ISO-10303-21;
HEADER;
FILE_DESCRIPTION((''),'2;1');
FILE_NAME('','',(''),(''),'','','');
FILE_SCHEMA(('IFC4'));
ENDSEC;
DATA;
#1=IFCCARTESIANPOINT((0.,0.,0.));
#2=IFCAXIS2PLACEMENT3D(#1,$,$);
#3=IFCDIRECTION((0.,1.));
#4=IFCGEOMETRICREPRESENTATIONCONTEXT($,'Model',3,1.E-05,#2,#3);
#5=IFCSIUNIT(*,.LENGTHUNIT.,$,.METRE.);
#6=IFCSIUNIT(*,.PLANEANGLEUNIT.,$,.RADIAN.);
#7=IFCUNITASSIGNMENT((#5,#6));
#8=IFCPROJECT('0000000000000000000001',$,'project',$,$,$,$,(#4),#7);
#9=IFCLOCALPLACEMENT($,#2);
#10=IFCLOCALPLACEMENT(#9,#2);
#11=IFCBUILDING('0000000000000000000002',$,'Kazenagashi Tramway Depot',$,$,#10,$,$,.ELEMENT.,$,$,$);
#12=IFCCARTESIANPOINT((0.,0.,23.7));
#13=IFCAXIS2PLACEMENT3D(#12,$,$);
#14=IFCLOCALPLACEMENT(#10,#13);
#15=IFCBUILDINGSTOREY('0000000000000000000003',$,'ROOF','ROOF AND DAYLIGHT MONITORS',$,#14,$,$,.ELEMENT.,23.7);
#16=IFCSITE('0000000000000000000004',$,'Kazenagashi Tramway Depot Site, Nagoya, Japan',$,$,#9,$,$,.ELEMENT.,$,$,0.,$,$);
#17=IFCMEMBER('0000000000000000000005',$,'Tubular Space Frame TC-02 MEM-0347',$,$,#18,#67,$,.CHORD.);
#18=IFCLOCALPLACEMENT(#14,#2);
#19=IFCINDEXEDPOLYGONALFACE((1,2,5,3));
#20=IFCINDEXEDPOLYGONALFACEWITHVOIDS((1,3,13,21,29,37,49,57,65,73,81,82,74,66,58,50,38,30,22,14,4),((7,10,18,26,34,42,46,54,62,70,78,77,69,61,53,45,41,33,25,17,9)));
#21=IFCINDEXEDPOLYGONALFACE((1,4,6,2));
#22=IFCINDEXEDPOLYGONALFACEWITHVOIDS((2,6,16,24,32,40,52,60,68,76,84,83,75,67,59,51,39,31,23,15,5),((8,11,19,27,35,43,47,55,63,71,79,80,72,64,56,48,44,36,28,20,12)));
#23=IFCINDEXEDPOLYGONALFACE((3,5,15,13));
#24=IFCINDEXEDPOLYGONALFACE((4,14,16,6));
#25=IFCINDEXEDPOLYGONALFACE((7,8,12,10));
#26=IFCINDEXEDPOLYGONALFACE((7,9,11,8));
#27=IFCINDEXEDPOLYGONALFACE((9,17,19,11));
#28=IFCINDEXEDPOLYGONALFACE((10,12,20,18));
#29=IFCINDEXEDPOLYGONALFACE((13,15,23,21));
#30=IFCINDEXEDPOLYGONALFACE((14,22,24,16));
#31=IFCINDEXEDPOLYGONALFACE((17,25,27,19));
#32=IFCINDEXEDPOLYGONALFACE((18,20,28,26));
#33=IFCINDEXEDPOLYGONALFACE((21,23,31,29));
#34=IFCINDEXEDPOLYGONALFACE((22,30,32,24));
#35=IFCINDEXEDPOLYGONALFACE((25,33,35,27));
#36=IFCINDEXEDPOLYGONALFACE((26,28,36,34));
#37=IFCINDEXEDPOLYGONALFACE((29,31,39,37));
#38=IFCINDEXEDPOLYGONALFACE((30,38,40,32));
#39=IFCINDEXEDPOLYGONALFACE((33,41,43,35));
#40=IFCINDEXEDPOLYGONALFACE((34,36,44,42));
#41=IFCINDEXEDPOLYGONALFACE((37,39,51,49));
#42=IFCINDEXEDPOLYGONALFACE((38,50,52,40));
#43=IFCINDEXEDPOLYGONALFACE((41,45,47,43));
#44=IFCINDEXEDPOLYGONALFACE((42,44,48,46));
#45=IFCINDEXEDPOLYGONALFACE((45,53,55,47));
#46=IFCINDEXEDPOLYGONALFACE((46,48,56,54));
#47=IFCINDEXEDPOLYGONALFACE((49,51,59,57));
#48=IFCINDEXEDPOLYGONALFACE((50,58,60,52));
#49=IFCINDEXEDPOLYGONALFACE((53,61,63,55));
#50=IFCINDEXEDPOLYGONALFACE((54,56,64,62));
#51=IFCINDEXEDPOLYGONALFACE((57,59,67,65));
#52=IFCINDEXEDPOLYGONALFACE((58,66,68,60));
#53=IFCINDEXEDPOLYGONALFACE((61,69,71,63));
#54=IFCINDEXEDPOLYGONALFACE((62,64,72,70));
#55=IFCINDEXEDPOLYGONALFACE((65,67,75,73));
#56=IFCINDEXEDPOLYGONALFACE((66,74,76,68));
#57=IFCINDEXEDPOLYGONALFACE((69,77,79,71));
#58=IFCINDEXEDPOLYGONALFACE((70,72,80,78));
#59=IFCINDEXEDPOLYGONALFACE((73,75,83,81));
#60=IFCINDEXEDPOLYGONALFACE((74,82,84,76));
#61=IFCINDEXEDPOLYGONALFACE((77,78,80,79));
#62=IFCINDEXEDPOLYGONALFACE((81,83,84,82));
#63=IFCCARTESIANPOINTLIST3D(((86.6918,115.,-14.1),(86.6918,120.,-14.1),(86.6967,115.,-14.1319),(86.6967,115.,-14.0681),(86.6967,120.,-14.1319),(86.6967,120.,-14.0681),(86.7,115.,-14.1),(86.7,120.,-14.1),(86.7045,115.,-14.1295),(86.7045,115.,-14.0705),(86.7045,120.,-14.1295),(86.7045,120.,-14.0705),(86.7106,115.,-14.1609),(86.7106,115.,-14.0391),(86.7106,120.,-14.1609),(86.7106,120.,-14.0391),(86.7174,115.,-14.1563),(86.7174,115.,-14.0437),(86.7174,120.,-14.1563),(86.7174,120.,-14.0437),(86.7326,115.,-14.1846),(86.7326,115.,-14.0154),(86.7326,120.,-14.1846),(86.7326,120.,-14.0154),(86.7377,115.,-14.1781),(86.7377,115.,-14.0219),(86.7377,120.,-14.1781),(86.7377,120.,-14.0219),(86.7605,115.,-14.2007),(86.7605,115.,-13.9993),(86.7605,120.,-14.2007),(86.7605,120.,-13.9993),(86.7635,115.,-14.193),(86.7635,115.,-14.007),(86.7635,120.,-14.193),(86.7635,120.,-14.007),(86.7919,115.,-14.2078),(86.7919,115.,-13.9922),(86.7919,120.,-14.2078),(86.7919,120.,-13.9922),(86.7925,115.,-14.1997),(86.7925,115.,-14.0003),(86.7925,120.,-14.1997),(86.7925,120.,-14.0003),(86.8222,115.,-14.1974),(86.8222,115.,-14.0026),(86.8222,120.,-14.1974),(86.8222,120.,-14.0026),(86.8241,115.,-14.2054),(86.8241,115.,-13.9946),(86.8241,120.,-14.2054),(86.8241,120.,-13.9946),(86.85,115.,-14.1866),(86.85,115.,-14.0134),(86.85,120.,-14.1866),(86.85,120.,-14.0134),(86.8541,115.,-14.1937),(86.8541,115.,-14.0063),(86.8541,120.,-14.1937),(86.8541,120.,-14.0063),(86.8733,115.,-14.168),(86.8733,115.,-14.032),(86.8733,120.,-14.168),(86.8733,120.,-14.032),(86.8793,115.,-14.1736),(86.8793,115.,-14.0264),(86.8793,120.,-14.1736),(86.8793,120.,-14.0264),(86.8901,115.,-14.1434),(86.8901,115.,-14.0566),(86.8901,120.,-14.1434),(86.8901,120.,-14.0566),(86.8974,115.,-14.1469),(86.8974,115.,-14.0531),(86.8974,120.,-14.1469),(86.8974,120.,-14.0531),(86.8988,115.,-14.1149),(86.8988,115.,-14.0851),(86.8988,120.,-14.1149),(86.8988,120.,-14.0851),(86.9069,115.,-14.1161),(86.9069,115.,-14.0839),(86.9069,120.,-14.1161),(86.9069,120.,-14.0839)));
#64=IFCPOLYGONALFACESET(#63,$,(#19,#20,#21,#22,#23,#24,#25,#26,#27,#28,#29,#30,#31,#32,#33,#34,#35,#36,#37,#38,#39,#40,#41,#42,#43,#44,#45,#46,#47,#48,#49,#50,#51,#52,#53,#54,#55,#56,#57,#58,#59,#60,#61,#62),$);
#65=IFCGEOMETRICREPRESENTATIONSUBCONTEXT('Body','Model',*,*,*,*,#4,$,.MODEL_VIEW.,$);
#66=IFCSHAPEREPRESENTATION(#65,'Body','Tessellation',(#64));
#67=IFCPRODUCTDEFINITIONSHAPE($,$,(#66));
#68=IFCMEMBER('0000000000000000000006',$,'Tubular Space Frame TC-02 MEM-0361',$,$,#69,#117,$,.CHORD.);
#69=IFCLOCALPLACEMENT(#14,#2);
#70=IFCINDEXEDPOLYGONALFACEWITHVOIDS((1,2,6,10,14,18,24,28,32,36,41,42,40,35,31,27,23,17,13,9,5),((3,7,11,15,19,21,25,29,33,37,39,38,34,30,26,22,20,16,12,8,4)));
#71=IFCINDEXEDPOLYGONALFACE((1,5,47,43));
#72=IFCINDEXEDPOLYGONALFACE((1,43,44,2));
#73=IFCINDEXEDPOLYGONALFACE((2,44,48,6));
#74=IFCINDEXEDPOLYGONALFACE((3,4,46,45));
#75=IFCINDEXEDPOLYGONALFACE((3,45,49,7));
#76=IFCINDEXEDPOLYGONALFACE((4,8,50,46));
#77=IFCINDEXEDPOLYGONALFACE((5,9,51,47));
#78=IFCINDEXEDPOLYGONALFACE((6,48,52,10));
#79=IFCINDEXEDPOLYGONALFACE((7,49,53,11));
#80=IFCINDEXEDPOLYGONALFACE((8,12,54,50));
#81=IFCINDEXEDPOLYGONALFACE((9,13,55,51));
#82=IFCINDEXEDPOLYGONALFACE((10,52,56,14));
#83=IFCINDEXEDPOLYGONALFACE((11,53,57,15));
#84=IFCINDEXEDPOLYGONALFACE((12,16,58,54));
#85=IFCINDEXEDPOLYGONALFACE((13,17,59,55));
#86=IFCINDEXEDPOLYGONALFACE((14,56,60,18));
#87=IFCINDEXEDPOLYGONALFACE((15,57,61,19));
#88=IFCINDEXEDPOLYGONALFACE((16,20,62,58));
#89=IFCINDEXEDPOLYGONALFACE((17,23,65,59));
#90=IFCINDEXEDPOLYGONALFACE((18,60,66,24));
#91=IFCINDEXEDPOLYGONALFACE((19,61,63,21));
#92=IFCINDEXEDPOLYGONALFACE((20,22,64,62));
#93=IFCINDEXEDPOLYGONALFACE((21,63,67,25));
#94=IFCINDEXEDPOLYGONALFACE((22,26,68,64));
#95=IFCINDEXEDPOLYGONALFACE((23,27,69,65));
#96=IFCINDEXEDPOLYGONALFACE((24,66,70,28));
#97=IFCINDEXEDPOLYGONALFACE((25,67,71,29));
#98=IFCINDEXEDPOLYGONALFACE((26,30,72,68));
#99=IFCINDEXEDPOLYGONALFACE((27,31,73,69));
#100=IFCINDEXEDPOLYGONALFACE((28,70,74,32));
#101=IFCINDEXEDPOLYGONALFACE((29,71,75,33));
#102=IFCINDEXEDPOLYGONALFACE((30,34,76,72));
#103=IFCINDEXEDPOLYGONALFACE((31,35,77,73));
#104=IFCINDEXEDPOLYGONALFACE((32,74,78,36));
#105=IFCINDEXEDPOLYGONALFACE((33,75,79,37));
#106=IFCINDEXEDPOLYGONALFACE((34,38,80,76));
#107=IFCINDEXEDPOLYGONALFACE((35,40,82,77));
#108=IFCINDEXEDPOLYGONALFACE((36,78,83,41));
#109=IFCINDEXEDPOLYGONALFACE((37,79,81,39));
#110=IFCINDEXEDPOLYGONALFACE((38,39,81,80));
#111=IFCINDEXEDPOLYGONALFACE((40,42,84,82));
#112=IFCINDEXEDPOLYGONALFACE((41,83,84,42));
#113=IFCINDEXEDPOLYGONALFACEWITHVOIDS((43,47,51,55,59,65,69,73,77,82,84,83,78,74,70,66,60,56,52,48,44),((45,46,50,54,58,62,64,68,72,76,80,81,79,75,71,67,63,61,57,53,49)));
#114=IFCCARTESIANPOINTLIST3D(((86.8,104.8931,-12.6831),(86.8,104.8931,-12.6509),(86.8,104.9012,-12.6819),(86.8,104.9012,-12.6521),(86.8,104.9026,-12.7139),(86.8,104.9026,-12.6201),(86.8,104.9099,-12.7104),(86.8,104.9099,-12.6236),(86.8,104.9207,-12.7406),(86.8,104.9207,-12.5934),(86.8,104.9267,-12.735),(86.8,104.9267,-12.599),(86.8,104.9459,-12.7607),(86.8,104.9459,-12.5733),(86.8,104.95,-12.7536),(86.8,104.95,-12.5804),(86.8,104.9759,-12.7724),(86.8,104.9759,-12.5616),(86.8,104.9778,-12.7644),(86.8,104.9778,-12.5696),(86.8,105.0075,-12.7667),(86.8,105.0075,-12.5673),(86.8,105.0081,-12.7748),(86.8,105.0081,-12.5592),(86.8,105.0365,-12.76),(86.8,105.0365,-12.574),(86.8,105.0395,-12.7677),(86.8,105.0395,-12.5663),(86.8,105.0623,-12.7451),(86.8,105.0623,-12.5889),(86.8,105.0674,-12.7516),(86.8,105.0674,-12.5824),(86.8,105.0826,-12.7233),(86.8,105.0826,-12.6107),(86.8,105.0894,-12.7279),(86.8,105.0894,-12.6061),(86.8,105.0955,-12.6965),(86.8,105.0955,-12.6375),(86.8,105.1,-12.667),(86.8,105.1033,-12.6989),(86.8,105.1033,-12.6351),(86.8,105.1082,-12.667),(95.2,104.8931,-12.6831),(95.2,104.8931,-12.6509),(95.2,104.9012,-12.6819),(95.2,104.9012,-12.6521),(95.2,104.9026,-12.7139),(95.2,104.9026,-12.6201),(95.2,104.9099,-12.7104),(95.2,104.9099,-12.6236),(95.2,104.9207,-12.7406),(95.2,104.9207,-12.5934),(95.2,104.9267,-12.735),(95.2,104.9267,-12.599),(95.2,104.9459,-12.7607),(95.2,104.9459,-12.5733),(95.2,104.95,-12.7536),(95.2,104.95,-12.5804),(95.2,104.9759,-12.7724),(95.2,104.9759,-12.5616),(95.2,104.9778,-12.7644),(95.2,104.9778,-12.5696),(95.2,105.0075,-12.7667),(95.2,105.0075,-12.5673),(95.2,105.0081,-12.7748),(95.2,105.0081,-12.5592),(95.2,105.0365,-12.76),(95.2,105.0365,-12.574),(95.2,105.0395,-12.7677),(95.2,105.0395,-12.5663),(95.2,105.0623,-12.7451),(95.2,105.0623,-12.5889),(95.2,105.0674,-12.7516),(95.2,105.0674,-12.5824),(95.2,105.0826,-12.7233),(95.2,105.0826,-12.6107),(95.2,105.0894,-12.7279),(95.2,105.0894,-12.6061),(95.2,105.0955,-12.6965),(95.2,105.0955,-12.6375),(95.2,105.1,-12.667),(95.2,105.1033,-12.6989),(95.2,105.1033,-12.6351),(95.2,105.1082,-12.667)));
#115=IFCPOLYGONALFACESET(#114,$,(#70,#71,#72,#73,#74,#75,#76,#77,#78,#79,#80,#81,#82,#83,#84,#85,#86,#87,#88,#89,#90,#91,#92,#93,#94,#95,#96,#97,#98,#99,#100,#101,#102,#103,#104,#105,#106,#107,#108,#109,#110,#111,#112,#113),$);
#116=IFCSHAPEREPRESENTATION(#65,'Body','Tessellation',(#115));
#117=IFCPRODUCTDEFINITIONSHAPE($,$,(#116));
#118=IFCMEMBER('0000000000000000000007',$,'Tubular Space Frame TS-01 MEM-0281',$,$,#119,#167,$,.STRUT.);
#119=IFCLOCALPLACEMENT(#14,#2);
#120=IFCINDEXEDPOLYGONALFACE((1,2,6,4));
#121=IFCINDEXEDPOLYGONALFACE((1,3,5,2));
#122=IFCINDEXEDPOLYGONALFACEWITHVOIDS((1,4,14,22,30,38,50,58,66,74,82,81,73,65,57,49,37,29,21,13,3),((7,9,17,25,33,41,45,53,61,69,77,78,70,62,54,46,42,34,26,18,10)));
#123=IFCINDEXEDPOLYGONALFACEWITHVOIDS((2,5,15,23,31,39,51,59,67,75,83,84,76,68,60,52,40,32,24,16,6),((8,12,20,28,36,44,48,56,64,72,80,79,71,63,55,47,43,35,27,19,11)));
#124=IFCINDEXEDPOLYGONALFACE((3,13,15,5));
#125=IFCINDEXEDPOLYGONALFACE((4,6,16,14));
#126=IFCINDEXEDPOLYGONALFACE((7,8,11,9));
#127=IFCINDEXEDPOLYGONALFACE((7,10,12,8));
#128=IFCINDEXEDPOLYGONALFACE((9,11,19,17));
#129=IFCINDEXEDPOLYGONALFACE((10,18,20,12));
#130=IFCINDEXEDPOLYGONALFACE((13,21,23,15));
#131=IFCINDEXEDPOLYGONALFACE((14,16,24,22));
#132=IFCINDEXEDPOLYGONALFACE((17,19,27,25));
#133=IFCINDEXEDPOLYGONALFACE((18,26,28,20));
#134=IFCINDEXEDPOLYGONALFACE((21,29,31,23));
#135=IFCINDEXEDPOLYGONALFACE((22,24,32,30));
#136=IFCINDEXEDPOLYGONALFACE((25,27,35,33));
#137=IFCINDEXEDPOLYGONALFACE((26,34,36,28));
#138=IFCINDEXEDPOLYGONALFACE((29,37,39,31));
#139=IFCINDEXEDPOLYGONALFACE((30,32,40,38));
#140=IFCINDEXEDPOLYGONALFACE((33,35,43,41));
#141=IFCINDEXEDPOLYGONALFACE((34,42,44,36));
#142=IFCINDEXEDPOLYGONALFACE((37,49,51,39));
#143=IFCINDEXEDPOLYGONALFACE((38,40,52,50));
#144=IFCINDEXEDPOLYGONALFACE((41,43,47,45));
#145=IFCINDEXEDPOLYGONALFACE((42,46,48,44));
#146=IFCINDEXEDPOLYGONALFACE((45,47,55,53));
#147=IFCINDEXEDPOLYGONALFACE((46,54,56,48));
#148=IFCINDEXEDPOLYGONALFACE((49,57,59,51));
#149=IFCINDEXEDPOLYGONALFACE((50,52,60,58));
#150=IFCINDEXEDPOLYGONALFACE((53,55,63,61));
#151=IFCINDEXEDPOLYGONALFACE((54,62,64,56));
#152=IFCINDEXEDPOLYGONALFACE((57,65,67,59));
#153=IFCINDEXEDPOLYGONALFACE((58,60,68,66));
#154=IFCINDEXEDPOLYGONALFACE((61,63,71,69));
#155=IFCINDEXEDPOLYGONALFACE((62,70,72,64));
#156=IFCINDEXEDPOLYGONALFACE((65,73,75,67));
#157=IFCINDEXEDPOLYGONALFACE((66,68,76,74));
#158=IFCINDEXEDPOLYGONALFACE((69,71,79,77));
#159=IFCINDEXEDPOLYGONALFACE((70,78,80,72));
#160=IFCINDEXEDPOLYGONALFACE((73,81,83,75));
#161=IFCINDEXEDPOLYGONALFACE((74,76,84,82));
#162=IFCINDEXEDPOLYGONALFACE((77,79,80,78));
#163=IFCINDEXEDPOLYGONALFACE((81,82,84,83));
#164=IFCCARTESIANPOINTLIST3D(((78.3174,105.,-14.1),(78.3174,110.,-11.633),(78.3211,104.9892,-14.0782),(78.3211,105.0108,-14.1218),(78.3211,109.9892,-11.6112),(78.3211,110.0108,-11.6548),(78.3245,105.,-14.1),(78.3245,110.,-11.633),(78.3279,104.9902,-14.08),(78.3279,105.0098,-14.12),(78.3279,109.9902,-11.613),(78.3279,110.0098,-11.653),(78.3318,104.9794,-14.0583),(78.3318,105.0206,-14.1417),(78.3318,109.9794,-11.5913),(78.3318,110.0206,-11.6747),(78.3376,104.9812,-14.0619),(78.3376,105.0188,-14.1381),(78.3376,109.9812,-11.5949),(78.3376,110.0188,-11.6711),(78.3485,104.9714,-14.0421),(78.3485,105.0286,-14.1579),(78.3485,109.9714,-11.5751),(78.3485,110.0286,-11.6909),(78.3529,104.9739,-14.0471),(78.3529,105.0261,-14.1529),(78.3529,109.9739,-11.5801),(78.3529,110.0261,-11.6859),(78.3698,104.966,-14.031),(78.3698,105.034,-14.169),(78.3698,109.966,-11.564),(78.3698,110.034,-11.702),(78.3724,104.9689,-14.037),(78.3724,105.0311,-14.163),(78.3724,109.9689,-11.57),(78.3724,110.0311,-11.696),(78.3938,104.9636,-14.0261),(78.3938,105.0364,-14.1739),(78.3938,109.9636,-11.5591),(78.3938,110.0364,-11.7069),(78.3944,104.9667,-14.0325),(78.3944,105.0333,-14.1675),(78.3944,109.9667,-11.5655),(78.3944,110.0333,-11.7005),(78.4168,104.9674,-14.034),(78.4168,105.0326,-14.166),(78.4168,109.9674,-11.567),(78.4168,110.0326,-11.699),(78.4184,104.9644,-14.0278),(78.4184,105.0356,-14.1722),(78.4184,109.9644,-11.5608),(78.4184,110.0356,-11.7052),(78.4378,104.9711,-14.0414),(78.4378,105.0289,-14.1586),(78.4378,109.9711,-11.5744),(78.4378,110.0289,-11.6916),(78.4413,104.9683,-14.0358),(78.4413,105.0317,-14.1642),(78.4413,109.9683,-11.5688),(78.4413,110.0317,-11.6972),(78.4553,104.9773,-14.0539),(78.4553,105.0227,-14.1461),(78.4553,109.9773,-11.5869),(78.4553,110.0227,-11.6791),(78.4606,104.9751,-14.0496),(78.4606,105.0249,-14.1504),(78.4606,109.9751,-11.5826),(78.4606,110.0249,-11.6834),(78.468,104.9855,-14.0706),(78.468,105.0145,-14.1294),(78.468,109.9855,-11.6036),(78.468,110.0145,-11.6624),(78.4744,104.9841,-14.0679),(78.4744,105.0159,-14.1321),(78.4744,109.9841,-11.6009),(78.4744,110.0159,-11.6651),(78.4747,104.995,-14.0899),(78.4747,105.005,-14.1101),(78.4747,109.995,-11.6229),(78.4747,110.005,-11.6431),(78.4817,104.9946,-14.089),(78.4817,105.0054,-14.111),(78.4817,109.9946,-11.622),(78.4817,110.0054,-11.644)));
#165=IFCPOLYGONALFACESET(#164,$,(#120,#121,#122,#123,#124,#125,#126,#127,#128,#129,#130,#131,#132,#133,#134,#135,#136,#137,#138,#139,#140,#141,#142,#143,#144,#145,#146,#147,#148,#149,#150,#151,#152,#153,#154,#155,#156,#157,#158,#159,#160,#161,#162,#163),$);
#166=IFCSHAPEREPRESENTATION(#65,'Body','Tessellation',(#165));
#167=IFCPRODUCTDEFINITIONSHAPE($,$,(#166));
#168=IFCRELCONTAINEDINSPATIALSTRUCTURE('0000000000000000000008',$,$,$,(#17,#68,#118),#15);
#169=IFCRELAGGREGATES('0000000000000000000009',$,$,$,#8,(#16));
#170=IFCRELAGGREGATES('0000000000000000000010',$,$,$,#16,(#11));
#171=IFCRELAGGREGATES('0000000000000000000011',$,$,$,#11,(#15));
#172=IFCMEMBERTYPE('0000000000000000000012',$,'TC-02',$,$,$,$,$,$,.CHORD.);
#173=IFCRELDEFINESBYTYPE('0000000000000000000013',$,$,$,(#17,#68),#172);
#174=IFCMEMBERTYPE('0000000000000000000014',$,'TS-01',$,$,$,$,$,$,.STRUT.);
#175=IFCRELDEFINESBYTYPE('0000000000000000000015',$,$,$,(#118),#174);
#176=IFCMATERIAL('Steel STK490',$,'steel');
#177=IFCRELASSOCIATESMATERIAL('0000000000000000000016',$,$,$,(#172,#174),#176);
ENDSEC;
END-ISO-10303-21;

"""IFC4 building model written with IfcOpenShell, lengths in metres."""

from ifc_helpers import new_model, si_unit, direction, frame, origin, origin_2d, place, context, subcontext, project, spatial, hollow_circle, extrude, material, material_profile, profile_set, type_object, element, save


model = new_model("IFC4")

# Units and contexts
model_context = context("Model", 3, precision=1e-05, world=origin(), true_north=direction((0.0, 1.0)))
body_context = subcontext(model_context, "Body", "Model", "MODEL_VIEW")
ifc_project = project(units=[si_unit("LENGTHUNIT", "METRE"), si_unit("PLANEANGLEUNIT", "RADIAN")], contexts=[model_context])

# Site, building, storey
site_placement = place(None, origin())
site = spatial("IfcSite", under=ifc_project, at=site_placement, Name="Kazenagashi Tramway Depot Site, Nagoya, Japan", CompositionType="ELEMENT", RefElevation=0.0)
building_placement = place(site_placement, origin())
building = spatial("IfcBuilding", under=site, at=building_placement, Name="Kazenagashi Tramway Depot", CompositionType="ELEMENT")
storey_placement = place(building_placement, frame((0.0, 0.0, 23.7)))
storey = spatial("IfcBuildingStorey", under=building, at=storey_placement, Name="ROOF", Description="ROOF AND DAYLIGHT MONITORS", CompositionType="ELEMENT", Elevation=23.7)

# Members
ifc_material_1 = material(Name="Steel STK490", Category="steel")
ifc_material_profile_1 = material_profile(ifc_material_1, hollow_circle(Radius=0.1081, WallThickness=0.0082, at=origin_2d()), Name="CHS-216.3x8.2")
ifc_profile_set_1 = profile_set([ifc_material_profile_1], Name="Steel STK490")
member_type_1 = type_object("IfcMemberType", Name="TC-02", PredefinedType="CHORD", material=ifc_profile_set_1)
for number, where, z_axis, x_axis, name in (
    (1, (86.8, 115.0, -14.1), (0.0, 1.0, 0.0), (-1.0, 0.0, 0.0), "Tubular Space Frame TC-02 MEM-0347"),
):
    element("IfcMember", number, at=place(storey_placement, frame(where, z_axis=z_axis, x_axis=x_axis)), inside=storey, type_object=member_type_1, Name=name, PredefinedType="CHORD", context=body_context, shape_type="SweptSolid", body=[
        extrude(hollow_circle(Radius=0.1081, WallThickness=0.0082, at=origin_2d()), origin(), (0.0, 0.0, 1.0), 5.0),
    ])
member_1_placement = place(storey_placement, frame((86.8, 105.0, -12.667), z_axis=(1.0, 0.0, 0.0), x_axis=(0.0, 1.0, 0.0)))
element("IfcMember", 2, at=member_1_placement, inside=storey, type_object=member_type_1, Name="Tubular Space Frame TC-02 MEM-0361", PredefinedType="CHORD", context=body_context, shape_type="SweptSolid", body=[
    extrude(hollow_circle(Radius=0.1081, WallThickness=0.0082, at=origin_2d()), origin(), (0.0, 0.0, 1.0), 8.4),
])
ifc_material_profile_2 = material_profile(ifc_material_1, hollow_circle(Radius=0.0826, WallThickness=0.0071, at=origin_2d()), Name="CHS-165.2x7.1")
ifc_profile_set_2 = profile_set([ifc_material_profile_2], Name="Steel STK490")
member_type_2 = type_object("IfcMemberType", Name="TS-01", PredefinedType="STRUT", material=ifc_profile_set_2)
member_2_placement = place(storey_placement, frame((78.4, 105.0, -14.1), z_axis=(0.0, 0.896782, 0.442472), x_axis=(-1.0, 0.0, 0.0)))
element("IfcMember", 3, at=member_2_placement, inside=storey, type_object=member_type_2, Name="Tubular Space Frame TS-01 MEM-0281", PredefinedType="STRUT", context=body_context, shape_type="SweptSolid", body=[
    extrude(hollow_circle(Radius=0.0826, WallThickness=0.0071, at=origin_2d()), origin(), (0.0, 0.0, 1.0), 5.5755),
])

save(model, "model.ifc")
